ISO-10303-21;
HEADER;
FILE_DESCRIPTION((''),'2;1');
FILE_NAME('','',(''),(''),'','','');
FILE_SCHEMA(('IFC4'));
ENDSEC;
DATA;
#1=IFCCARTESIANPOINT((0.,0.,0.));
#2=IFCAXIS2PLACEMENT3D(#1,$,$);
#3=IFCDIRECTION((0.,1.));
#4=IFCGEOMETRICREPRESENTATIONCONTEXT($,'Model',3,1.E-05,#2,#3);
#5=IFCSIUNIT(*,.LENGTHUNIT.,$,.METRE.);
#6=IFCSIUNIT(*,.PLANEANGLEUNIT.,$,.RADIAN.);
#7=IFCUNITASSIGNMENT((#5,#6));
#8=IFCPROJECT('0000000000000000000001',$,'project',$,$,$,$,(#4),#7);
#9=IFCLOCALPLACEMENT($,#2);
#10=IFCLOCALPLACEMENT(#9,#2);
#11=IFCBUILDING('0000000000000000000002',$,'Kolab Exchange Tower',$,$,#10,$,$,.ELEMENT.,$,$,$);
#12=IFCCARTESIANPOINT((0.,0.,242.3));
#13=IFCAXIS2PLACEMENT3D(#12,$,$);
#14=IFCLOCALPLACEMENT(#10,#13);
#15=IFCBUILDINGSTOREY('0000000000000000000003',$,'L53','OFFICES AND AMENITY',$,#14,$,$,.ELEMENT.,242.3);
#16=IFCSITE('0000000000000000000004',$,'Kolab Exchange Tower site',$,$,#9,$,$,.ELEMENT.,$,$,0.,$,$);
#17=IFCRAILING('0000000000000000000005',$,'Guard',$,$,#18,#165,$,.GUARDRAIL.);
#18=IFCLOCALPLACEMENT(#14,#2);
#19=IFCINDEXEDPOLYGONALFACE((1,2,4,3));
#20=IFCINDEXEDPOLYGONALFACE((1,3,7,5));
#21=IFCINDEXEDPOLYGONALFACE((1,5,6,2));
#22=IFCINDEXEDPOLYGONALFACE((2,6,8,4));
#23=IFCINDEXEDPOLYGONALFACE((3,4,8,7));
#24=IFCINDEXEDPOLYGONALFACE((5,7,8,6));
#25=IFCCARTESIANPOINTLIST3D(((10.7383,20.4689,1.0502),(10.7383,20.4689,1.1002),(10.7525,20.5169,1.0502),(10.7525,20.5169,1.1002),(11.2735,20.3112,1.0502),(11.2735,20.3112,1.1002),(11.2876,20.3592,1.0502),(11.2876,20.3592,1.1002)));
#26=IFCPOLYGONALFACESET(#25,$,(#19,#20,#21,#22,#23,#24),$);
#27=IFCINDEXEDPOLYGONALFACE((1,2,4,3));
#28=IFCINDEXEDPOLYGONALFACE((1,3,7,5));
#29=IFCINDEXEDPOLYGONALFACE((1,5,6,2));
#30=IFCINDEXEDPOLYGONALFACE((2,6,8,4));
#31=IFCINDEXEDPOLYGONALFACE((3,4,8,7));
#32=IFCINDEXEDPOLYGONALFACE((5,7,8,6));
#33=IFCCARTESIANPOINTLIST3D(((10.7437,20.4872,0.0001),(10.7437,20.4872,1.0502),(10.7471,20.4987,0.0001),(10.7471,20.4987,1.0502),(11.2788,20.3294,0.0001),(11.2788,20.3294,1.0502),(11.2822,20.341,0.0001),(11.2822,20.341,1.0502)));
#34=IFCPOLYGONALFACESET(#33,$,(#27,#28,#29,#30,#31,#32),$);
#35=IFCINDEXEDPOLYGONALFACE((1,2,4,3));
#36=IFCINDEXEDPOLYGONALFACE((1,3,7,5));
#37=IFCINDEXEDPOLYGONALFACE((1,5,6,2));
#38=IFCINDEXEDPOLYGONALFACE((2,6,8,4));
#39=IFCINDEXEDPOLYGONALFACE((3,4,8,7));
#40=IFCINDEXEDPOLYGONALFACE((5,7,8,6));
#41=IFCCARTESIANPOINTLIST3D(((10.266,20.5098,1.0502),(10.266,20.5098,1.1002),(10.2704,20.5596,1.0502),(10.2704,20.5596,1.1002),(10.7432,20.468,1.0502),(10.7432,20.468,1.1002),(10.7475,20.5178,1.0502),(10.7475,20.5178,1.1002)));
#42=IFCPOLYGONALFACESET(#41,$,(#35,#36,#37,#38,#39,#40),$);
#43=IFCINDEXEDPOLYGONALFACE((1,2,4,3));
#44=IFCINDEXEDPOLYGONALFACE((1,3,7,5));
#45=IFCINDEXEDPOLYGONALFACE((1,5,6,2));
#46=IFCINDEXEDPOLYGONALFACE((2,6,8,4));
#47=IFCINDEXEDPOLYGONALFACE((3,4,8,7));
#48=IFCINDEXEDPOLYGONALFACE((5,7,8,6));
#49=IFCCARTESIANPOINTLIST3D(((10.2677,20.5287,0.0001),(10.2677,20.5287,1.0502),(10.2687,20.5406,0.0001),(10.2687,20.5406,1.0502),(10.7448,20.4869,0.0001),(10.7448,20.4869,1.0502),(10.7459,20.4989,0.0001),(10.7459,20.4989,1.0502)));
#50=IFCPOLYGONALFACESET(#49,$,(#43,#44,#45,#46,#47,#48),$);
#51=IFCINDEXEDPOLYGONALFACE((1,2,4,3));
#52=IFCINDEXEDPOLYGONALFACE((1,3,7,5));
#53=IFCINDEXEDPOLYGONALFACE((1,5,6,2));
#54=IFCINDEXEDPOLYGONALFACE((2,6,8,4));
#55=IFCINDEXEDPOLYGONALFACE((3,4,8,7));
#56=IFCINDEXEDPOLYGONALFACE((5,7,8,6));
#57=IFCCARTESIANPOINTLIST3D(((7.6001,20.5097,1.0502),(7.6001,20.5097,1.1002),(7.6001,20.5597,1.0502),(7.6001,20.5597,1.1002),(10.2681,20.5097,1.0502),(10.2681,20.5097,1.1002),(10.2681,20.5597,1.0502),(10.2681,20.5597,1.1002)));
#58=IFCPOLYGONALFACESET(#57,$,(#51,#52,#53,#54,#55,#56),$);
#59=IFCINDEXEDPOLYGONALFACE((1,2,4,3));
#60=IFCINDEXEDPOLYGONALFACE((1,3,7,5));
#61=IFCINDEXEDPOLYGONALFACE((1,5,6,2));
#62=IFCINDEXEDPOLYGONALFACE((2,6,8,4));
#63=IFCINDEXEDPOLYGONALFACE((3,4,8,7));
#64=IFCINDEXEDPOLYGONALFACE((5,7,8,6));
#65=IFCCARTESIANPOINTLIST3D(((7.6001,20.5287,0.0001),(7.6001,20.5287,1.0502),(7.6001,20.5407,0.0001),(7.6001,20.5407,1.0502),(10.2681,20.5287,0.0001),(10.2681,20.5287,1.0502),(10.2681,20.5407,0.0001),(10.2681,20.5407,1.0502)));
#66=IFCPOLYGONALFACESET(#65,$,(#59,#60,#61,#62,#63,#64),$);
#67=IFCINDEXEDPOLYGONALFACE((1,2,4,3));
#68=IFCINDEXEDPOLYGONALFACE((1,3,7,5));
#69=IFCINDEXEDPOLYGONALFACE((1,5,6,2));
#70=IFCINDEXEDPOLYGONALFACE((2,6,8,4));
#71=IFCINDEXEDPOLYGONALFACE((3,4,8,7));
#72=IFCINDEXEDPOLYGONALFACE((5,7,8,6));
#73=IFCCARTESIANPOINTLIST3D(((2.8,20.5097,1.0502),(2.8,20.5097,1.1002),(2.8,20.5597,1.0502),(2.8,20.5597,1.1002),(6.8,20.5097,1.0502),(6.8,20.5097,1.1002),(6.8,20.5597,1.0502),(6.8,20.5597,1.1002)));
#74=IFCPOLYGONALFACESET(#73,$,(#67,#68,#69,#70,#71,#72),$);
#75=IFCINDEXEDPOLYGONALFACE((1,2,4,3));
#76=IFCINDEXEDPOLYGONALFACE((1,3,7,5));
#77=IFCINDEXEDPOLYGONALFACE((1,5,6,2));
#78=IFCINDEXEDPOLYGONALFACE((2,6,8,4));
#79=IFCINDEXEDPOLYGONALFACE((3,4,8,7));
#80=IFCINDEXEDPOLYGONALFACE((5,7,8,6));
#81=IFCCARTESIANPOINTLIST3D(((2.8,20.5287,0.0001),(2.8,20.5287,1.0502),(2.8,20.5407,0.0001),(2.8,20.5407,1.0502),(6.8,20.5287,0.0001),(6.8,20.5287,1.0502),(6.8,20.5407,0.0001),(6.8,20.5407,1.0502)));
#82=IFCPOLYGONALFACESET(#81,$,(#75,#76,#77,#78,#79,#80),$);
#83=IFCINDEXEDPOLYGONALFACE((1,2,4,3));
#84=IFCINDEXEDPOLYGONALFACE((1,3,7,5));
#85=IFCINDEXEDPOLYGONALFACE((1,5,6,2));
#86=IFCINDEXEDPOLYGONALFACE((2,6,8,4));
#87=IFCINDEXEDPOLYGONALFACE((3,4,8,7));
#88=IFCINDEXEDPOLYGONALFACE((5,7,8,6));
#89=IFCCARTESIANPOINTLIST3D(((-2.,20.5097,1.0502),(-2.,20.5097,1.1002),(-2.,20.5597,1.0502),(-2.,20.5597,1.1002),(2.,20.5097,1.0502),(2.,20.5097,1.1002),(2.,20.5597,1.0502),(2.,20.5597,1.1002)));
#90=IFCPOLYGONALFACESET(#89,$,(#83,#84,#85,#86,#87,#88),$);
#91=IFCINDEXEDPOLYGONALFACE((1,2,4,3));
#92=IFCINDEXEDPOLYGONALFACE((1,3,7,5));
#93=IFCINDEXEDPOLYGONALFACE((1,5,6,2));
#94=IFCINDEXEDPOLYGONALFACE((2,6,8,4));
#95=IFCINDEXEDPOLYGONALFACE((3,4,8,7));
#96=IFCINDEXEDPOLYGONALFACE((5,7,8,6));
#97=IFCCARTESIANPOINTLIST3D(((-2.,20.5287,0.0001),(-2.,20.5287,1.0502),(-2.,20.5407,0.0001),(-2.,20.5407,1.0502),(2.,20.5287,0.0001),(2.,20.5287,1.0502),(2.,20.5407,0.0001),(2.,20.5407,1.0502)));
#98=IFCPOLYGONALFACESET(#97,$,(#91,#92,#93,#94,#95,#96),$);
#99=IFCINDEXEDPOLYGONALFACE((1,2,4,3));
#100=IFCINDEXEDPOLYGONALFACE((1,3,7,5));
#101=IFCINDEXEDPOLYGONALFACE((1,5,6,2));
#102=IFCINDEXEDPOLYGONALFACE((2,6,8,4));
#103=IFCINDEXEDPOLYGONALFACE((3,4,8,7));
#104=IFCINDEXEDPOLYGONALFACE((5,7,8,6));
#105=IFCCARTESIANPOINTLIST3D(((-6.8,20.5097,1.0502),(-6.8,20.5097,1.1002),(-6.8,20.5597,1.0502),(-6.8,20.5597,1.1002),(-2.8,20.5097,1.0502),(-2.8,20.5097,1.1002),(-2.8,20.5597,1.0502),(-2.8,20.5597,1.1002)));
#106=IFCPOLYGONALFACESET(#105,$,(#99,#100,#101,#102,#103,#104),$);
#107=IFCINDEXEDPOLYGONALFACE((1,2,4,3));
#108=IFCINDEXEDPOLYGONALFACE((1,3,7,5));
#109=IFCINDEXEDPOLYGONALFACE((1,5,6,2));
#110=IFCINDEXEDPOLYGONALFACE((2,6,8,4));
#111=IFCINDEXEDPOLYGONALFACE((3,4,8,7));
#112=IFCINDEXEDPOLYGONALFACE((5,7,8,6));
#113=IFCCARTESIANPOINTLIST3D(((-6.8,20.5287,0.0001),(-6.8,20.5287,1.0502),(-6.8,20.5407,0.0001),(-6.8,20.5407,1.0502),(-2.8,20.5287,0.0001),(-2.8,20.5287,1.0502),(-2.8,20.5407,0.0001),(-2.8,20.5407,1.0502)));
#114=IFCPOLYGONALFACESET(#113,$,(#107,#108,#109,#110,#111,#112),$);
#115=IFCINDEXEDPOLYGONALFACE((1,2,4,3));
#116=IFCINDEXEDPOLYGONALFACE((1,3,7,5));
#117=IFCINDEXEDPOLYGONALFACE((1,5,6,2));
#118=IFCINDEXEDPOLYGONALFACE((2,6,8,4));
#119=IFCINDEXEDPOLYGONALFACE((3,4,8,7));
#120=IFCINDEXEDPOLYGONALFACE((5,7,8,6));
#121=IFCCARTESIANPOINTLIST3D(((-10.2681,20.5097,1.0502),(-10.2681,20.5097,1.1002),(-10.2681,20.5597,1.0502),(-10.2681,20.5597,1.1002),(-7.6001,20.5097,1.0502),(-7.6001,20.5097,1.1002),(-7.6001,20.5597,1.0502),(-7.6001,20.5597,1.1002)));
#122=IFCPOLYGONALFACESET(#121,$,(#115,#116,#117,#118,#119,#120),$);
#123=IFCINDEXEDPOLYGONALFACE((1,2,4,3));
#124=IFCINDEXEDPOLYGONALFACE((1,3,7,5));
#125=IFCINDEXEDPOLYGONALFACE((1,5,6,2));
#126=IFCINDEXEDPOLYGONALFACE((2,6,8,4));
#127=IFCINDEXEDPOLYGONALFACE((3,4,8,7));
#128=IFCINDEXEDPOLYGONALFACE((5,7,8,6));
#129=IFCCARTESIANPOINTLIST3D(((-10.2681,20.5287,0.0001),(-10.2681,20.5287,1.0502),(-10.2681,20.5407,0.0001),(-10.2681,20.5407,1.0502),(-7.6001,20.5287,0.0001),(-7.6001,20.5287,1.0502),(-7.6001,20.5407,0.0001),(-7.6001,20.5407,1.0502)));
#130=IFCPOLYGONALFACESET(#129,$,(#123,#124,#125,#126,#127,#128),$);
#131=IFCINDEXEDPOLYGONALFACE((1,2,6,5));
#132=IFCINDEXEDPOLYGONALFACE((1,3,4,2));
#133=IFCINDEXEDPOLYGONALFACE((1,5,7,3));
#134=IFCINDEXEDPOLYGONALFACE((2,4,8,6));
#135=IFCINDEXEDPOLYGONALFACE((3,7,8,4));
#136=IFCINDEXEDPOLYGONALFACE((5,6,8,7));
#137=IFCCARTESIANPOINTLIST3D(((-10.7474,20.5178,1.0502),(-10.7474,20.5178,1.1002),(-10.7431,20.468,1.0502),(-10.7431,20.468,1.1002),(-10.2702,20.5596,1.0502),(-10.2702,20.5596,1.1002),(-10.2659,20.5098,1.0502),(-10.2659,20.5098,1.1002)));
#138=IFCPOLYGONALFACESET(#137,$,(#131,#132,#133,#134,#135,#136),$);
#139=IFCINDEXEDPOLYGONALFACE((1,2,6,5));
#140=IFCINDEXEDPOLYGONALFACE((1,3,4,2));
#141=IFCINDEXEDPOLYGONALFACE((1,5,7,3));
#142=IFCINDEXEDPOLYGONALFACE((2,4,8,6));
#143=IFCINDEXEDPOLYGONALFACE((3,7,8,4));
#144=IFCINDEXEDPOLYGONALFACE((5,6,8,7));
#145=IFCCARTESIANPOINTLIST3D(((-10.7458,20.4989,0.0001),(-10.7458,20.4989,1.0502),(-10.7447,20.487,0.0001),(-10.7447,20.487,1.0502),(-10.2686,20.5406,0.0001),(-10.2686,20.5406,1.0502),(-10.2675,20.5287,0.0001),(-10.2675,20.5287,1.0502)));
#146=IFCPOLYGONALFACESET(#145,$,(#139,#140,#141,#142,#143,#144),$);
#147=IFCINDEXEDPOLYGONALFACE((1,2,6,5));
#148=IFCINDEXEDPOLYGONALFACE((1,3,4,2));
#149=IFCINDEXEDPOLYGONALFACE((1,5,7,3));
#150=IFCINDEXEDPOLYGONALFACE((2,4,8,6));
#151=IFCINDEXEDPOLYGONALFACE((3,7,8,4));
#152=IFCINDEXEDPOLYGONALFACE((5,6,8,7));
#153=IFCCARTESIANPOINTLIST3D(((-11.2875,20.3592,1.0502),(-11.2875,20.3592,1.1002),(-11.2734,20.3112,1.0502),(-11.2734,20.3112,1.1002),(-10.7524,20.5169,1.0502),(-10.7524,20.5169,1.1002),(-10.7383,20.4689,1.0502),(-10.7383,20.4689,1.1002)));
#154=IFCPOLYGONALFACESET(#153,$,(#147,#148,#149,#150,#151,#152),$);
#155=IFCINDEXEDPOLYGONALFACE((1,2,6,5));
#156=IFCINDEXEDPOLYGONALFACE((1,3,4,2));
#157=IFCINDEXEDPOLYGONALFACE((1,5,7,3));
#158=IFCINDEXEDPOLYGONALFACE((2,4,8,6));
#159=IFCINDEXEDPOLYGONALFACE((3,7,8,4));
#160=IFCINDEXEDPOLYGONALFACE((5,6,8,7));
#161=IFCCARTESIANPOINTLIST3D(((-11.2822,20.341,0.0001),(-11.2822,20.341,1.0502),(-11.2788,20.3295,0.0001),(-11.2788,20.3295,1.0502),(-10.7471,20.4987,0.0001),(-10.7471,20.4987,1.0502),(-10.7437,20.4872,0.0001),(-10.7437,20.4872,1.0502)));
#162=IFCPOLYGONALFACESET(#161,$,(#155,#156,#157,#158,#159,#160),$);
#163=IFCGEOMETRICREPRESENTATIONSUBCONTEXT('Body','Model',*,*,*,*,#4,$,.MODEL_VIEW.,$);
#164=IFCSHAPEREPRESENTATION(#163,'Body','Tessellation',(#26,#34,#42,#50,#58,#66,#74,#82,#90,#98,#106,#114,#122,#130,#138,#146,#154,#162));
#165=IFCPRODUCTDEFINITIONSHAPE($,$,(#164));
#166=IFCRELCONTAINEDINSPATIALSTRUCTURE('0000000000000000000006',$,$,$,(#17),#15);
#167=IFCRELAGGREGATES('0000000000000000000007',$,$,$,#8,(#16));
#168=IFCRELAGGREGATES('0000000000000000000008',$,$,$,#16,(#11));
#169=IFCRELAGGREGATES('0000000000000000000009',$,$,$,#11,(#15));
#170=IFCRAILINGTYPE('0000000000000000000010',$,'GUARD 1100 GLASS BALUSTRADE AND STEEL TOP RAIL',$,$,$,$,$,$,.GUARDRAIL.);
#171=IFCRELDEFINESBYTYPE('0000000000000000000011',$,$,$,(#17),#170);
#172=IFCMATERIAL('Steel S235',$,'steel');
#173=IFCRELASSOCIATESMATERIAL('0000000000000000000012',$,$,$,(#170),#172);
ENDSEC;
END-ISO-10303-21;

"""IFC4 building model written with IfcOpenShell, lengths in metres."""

from ifc_helpers import new_model, si_unit, direction, frame, frame_2d, origin, origin_2d, place, context, subcontext, project, spatial, rectangle, extrude, material, type_object, element, save


model = new_model("IFC4")

# Units and contexts
model_context = context("Model", 3, precision=1e-05, world=origin(), true_north=direction((0.0, 1.0)))
body_context = subcontext(model_context, "Body", "Model", "MODEL_VIEW")
ifc_project = project(units=[si_unit("LENGTHUNIT", "METRE"), si_unit("PLANEANGLEUNIT", "RADIAN")], contexts=[model_context])

# Site, building, storey
site_placement = place(None, origin())
site = spatial("IfcSite", under=ifc_project, at=site_placement, Name="Kolab Exchange Tower site", CompositionType="ELEMENT", RefElevation=0.0)
building_placement = place(site_placement, origin())
building = spatial("IfcBuilding", under=site, at=building_placement, Name="Kolab Exchange Tower", CompositionType="ELEMENT")
storey_placement = place(building_placement, frame((0.0, 0.0, 242.3)))
storey = spatial("IfcBuildingStorey", under=building, at=storey_placement, Name="L53", Description="OFFICES AND AMENITY", CompositionType="ELEMENT", Elevation=242.3)

# Railing
ifc_material_1 = material(Name="Steel S235", Category="steel")
railing_type = type_object("IfcRailingType", Name="GUARD 1100 GLASS BALUSTRADE AND STEEL TOP RAIL", PredefinedType="GUARDRAIL", material=ifc_material_1)
railing_placement = place(storey_placement, frame((11.2805, 20.3352, 0.0)))
element("IfcRailing", 1, at=railing_placement, inside=storey, type_object=railing_type, Name="Guard", PredefinedType="GUARDRAIL", context=body_context, shape_type="SweptSolid", body=[
    extrude(rectangle(XDim=0.05, YDim=0.05, at=origin_2d()), frame((0.0, 0.0, 1.0752), z_axis=(-0.959212, 0.282687, 0.0), x_axis=(-0.282687, -0.959212, 0.0)), (0.0, 0.0, 1.0), 0.5579),
    extrude(rectangle(XDim=0.012, YDim=1.0501, at=frame_2d((0.0, 0.5251))), frame((0.0, 0.0, 0.0), z_axis=(-0.959212, 0.282687, 0.0), x_axis=(-0.282687, -0.959212, 0.0)), (0.0, 0.0, 1.0), 0.5579),
    extrude(rectangle(XDim=0.05, YDim=0.05, at=origin_2d()), frame((-0.5352, 0.1577, 1.0752), z_axis=(-0.996196, 0.087135, 0.0), x_axis=(-0.087135, -0.996196, 0.0)), (0.0, 0.0, 1.0), 0.479),
    extrude(rectangle(XDim=0.012, YDim=1.0501, at=frame_2d((0.0, 0.5251))), frame((-0.5352, 0.1577, 0.0), z_axis=(-0.996196, 0.087135, 0.0), x_axis=(-0.087135, -0.996196, 0.0)), (0.0, 0.0, 1.0), 0.479),
    extrude(rectangle(XDim=0.05, YDim=0.05, at=origin_2d()), frame((-1.0125, 0.1995, 1.0752), z_axis=(-1.0, 0.0, 0.0), x_axis=(0.0, -1.0, 0.0)), (0.0, 0.0, 1.0), 2.668),
    extrude(rectangle(XDim=0.012, YDim=1.0501, at=frame_2d((0.0, 0.5251))), frame((-1.0125, 0.1995, 0.0), z_axis=(-1.0, 0.0, 0.0), x_axis=(0.0, -1.0, 0.0)), (0.0, 0.0, 1.0), 2.668),
    extrude(rectangle(XDim=0.05, YDim=0.05, at=origin_2d()), frame((-4.4805, 0.1995, 1.0752), z_axis=(-1.0, 0.0, 0.0), x_axis=(0.0, -1.0, 0.0)), (0.0, 0.0, 1.0), 4.0),
    extrude(rectangle(XDim=0.012, YDim=1.0501, at=frame_2d((0.0, 0.5251))), frame((-4.4805, 0.1995, 0.0), z_axis=(-1.0, 0.0, 0.0), x_axis=(0.0, -1.0, 0.0)), (0.0, 0.0, 1.0), 4.0),
    extrude(rectangle(XDim=0.05, YDim=0.05, at=origin_2d()), frame((-9.2805, 0.1995, 1.0752), z_axis=(-1.0, 0.0, 0.0), x_axis=(0.0, -1.0, 0.0)), (0.0, 0.0, 1.0), 4.0),
    extrude(rectangle(XDim=0.012, YDim=1.0501, at=frame_2d((0.0, 0.5251))), frame((-9.2805, 0.1995, 0.0), z_axis=(-1.0, 0.0, 0.0), x_axis=(0.0, -1.0, 0.0)), (0.0, 0.0, 1.0), 4.0),
    extrude(rectangle(XDim=0.05, YDim=0.05, at=origin_2d()), frame((-14.0806, 0.1995, 1.0752), z_axis=(-1.0, 0.0, 0.0), x_axis=(0.0, -1.0, 0.0)), (0.0, 0.0, 1.0), 4.0),
    extrude(rectangle(XDim=0.012, YDim=1.0501, at=frame_2d((0.0, 0.5251))), frame((-14.0806, 0.1995, 0.0), z_axis=(-1.0, 0.0, 0.0), x_axis=(0.0, -1.0, 0.0)), (0.0, 0.0, 1.0), 4.0),
    extrude(rectangle(XDim=0.05, YDim=0.05, at=origin_2d()), frame((-18.8806, 0.1995, 1.0752), z_axis=(-1.0, 0.0, 0.0), x_axis=(0.0, -1.0, 0.0)), (0.0, 0.0, 1.0), 2.668),
    extrude(rectangle(XDim=0.012, YDim=1.0501, at=frame_2d((0.0, 0.5251))), frame((-18.8806, 0.1995, 0.0), z_axis=(-1.0, 0.0, 0.0), x_axis=(0.0, -1.0, 0.0)), (0.0, 0.0, 1.0), 2.668),
    extrude(rectangle(XDim=0.05, YDim=0.05, at=origin_2d()), frame((-21.5486, 0.1995, 1.0752), z_axis=(-0.996196, -0.087135, 0.0), x_axis=(0.087135, -0.996196, 0.0)), (0.0, 0.0, 1.0), 0.479),
    extrude(rectangle(XDim=0.012, YDim=1.0501, at=frame_2d((0.0, 0.5251))), frame((-21.5486, 0.1995, 0.0), z_axis=(-0.996196, -0.087135, 0.0), x_axis=(0.087135, -0.996196, 0.0)), (0.0, 0.0, 1.0), 0.479),
    extrude(rectangle(XDim=0.05, YDim=0.05, at=origin_2d()), frame((-22.0259, 0.1577, 1.0752), z_axis=(-0.959212, -0.282687, 0.0), x_axis=(0.282687, -0.959212, 0.0)), (0.0, 0.0, 1.0), 0.5579),
    extrude(rectangle(XDim=0.012, YDim=1.0501, at=frame_2d((0.0, 0.5251))), frame((-22.0259, 0.1577, 0.0), z_axis=(-0.959212, -0.282687, 0.0), x_axis=(0.282687, -0.959212, 0.0)), (0.0, 0.0, 1.0), 0.5579),
])

save(model, "model.ifc")
